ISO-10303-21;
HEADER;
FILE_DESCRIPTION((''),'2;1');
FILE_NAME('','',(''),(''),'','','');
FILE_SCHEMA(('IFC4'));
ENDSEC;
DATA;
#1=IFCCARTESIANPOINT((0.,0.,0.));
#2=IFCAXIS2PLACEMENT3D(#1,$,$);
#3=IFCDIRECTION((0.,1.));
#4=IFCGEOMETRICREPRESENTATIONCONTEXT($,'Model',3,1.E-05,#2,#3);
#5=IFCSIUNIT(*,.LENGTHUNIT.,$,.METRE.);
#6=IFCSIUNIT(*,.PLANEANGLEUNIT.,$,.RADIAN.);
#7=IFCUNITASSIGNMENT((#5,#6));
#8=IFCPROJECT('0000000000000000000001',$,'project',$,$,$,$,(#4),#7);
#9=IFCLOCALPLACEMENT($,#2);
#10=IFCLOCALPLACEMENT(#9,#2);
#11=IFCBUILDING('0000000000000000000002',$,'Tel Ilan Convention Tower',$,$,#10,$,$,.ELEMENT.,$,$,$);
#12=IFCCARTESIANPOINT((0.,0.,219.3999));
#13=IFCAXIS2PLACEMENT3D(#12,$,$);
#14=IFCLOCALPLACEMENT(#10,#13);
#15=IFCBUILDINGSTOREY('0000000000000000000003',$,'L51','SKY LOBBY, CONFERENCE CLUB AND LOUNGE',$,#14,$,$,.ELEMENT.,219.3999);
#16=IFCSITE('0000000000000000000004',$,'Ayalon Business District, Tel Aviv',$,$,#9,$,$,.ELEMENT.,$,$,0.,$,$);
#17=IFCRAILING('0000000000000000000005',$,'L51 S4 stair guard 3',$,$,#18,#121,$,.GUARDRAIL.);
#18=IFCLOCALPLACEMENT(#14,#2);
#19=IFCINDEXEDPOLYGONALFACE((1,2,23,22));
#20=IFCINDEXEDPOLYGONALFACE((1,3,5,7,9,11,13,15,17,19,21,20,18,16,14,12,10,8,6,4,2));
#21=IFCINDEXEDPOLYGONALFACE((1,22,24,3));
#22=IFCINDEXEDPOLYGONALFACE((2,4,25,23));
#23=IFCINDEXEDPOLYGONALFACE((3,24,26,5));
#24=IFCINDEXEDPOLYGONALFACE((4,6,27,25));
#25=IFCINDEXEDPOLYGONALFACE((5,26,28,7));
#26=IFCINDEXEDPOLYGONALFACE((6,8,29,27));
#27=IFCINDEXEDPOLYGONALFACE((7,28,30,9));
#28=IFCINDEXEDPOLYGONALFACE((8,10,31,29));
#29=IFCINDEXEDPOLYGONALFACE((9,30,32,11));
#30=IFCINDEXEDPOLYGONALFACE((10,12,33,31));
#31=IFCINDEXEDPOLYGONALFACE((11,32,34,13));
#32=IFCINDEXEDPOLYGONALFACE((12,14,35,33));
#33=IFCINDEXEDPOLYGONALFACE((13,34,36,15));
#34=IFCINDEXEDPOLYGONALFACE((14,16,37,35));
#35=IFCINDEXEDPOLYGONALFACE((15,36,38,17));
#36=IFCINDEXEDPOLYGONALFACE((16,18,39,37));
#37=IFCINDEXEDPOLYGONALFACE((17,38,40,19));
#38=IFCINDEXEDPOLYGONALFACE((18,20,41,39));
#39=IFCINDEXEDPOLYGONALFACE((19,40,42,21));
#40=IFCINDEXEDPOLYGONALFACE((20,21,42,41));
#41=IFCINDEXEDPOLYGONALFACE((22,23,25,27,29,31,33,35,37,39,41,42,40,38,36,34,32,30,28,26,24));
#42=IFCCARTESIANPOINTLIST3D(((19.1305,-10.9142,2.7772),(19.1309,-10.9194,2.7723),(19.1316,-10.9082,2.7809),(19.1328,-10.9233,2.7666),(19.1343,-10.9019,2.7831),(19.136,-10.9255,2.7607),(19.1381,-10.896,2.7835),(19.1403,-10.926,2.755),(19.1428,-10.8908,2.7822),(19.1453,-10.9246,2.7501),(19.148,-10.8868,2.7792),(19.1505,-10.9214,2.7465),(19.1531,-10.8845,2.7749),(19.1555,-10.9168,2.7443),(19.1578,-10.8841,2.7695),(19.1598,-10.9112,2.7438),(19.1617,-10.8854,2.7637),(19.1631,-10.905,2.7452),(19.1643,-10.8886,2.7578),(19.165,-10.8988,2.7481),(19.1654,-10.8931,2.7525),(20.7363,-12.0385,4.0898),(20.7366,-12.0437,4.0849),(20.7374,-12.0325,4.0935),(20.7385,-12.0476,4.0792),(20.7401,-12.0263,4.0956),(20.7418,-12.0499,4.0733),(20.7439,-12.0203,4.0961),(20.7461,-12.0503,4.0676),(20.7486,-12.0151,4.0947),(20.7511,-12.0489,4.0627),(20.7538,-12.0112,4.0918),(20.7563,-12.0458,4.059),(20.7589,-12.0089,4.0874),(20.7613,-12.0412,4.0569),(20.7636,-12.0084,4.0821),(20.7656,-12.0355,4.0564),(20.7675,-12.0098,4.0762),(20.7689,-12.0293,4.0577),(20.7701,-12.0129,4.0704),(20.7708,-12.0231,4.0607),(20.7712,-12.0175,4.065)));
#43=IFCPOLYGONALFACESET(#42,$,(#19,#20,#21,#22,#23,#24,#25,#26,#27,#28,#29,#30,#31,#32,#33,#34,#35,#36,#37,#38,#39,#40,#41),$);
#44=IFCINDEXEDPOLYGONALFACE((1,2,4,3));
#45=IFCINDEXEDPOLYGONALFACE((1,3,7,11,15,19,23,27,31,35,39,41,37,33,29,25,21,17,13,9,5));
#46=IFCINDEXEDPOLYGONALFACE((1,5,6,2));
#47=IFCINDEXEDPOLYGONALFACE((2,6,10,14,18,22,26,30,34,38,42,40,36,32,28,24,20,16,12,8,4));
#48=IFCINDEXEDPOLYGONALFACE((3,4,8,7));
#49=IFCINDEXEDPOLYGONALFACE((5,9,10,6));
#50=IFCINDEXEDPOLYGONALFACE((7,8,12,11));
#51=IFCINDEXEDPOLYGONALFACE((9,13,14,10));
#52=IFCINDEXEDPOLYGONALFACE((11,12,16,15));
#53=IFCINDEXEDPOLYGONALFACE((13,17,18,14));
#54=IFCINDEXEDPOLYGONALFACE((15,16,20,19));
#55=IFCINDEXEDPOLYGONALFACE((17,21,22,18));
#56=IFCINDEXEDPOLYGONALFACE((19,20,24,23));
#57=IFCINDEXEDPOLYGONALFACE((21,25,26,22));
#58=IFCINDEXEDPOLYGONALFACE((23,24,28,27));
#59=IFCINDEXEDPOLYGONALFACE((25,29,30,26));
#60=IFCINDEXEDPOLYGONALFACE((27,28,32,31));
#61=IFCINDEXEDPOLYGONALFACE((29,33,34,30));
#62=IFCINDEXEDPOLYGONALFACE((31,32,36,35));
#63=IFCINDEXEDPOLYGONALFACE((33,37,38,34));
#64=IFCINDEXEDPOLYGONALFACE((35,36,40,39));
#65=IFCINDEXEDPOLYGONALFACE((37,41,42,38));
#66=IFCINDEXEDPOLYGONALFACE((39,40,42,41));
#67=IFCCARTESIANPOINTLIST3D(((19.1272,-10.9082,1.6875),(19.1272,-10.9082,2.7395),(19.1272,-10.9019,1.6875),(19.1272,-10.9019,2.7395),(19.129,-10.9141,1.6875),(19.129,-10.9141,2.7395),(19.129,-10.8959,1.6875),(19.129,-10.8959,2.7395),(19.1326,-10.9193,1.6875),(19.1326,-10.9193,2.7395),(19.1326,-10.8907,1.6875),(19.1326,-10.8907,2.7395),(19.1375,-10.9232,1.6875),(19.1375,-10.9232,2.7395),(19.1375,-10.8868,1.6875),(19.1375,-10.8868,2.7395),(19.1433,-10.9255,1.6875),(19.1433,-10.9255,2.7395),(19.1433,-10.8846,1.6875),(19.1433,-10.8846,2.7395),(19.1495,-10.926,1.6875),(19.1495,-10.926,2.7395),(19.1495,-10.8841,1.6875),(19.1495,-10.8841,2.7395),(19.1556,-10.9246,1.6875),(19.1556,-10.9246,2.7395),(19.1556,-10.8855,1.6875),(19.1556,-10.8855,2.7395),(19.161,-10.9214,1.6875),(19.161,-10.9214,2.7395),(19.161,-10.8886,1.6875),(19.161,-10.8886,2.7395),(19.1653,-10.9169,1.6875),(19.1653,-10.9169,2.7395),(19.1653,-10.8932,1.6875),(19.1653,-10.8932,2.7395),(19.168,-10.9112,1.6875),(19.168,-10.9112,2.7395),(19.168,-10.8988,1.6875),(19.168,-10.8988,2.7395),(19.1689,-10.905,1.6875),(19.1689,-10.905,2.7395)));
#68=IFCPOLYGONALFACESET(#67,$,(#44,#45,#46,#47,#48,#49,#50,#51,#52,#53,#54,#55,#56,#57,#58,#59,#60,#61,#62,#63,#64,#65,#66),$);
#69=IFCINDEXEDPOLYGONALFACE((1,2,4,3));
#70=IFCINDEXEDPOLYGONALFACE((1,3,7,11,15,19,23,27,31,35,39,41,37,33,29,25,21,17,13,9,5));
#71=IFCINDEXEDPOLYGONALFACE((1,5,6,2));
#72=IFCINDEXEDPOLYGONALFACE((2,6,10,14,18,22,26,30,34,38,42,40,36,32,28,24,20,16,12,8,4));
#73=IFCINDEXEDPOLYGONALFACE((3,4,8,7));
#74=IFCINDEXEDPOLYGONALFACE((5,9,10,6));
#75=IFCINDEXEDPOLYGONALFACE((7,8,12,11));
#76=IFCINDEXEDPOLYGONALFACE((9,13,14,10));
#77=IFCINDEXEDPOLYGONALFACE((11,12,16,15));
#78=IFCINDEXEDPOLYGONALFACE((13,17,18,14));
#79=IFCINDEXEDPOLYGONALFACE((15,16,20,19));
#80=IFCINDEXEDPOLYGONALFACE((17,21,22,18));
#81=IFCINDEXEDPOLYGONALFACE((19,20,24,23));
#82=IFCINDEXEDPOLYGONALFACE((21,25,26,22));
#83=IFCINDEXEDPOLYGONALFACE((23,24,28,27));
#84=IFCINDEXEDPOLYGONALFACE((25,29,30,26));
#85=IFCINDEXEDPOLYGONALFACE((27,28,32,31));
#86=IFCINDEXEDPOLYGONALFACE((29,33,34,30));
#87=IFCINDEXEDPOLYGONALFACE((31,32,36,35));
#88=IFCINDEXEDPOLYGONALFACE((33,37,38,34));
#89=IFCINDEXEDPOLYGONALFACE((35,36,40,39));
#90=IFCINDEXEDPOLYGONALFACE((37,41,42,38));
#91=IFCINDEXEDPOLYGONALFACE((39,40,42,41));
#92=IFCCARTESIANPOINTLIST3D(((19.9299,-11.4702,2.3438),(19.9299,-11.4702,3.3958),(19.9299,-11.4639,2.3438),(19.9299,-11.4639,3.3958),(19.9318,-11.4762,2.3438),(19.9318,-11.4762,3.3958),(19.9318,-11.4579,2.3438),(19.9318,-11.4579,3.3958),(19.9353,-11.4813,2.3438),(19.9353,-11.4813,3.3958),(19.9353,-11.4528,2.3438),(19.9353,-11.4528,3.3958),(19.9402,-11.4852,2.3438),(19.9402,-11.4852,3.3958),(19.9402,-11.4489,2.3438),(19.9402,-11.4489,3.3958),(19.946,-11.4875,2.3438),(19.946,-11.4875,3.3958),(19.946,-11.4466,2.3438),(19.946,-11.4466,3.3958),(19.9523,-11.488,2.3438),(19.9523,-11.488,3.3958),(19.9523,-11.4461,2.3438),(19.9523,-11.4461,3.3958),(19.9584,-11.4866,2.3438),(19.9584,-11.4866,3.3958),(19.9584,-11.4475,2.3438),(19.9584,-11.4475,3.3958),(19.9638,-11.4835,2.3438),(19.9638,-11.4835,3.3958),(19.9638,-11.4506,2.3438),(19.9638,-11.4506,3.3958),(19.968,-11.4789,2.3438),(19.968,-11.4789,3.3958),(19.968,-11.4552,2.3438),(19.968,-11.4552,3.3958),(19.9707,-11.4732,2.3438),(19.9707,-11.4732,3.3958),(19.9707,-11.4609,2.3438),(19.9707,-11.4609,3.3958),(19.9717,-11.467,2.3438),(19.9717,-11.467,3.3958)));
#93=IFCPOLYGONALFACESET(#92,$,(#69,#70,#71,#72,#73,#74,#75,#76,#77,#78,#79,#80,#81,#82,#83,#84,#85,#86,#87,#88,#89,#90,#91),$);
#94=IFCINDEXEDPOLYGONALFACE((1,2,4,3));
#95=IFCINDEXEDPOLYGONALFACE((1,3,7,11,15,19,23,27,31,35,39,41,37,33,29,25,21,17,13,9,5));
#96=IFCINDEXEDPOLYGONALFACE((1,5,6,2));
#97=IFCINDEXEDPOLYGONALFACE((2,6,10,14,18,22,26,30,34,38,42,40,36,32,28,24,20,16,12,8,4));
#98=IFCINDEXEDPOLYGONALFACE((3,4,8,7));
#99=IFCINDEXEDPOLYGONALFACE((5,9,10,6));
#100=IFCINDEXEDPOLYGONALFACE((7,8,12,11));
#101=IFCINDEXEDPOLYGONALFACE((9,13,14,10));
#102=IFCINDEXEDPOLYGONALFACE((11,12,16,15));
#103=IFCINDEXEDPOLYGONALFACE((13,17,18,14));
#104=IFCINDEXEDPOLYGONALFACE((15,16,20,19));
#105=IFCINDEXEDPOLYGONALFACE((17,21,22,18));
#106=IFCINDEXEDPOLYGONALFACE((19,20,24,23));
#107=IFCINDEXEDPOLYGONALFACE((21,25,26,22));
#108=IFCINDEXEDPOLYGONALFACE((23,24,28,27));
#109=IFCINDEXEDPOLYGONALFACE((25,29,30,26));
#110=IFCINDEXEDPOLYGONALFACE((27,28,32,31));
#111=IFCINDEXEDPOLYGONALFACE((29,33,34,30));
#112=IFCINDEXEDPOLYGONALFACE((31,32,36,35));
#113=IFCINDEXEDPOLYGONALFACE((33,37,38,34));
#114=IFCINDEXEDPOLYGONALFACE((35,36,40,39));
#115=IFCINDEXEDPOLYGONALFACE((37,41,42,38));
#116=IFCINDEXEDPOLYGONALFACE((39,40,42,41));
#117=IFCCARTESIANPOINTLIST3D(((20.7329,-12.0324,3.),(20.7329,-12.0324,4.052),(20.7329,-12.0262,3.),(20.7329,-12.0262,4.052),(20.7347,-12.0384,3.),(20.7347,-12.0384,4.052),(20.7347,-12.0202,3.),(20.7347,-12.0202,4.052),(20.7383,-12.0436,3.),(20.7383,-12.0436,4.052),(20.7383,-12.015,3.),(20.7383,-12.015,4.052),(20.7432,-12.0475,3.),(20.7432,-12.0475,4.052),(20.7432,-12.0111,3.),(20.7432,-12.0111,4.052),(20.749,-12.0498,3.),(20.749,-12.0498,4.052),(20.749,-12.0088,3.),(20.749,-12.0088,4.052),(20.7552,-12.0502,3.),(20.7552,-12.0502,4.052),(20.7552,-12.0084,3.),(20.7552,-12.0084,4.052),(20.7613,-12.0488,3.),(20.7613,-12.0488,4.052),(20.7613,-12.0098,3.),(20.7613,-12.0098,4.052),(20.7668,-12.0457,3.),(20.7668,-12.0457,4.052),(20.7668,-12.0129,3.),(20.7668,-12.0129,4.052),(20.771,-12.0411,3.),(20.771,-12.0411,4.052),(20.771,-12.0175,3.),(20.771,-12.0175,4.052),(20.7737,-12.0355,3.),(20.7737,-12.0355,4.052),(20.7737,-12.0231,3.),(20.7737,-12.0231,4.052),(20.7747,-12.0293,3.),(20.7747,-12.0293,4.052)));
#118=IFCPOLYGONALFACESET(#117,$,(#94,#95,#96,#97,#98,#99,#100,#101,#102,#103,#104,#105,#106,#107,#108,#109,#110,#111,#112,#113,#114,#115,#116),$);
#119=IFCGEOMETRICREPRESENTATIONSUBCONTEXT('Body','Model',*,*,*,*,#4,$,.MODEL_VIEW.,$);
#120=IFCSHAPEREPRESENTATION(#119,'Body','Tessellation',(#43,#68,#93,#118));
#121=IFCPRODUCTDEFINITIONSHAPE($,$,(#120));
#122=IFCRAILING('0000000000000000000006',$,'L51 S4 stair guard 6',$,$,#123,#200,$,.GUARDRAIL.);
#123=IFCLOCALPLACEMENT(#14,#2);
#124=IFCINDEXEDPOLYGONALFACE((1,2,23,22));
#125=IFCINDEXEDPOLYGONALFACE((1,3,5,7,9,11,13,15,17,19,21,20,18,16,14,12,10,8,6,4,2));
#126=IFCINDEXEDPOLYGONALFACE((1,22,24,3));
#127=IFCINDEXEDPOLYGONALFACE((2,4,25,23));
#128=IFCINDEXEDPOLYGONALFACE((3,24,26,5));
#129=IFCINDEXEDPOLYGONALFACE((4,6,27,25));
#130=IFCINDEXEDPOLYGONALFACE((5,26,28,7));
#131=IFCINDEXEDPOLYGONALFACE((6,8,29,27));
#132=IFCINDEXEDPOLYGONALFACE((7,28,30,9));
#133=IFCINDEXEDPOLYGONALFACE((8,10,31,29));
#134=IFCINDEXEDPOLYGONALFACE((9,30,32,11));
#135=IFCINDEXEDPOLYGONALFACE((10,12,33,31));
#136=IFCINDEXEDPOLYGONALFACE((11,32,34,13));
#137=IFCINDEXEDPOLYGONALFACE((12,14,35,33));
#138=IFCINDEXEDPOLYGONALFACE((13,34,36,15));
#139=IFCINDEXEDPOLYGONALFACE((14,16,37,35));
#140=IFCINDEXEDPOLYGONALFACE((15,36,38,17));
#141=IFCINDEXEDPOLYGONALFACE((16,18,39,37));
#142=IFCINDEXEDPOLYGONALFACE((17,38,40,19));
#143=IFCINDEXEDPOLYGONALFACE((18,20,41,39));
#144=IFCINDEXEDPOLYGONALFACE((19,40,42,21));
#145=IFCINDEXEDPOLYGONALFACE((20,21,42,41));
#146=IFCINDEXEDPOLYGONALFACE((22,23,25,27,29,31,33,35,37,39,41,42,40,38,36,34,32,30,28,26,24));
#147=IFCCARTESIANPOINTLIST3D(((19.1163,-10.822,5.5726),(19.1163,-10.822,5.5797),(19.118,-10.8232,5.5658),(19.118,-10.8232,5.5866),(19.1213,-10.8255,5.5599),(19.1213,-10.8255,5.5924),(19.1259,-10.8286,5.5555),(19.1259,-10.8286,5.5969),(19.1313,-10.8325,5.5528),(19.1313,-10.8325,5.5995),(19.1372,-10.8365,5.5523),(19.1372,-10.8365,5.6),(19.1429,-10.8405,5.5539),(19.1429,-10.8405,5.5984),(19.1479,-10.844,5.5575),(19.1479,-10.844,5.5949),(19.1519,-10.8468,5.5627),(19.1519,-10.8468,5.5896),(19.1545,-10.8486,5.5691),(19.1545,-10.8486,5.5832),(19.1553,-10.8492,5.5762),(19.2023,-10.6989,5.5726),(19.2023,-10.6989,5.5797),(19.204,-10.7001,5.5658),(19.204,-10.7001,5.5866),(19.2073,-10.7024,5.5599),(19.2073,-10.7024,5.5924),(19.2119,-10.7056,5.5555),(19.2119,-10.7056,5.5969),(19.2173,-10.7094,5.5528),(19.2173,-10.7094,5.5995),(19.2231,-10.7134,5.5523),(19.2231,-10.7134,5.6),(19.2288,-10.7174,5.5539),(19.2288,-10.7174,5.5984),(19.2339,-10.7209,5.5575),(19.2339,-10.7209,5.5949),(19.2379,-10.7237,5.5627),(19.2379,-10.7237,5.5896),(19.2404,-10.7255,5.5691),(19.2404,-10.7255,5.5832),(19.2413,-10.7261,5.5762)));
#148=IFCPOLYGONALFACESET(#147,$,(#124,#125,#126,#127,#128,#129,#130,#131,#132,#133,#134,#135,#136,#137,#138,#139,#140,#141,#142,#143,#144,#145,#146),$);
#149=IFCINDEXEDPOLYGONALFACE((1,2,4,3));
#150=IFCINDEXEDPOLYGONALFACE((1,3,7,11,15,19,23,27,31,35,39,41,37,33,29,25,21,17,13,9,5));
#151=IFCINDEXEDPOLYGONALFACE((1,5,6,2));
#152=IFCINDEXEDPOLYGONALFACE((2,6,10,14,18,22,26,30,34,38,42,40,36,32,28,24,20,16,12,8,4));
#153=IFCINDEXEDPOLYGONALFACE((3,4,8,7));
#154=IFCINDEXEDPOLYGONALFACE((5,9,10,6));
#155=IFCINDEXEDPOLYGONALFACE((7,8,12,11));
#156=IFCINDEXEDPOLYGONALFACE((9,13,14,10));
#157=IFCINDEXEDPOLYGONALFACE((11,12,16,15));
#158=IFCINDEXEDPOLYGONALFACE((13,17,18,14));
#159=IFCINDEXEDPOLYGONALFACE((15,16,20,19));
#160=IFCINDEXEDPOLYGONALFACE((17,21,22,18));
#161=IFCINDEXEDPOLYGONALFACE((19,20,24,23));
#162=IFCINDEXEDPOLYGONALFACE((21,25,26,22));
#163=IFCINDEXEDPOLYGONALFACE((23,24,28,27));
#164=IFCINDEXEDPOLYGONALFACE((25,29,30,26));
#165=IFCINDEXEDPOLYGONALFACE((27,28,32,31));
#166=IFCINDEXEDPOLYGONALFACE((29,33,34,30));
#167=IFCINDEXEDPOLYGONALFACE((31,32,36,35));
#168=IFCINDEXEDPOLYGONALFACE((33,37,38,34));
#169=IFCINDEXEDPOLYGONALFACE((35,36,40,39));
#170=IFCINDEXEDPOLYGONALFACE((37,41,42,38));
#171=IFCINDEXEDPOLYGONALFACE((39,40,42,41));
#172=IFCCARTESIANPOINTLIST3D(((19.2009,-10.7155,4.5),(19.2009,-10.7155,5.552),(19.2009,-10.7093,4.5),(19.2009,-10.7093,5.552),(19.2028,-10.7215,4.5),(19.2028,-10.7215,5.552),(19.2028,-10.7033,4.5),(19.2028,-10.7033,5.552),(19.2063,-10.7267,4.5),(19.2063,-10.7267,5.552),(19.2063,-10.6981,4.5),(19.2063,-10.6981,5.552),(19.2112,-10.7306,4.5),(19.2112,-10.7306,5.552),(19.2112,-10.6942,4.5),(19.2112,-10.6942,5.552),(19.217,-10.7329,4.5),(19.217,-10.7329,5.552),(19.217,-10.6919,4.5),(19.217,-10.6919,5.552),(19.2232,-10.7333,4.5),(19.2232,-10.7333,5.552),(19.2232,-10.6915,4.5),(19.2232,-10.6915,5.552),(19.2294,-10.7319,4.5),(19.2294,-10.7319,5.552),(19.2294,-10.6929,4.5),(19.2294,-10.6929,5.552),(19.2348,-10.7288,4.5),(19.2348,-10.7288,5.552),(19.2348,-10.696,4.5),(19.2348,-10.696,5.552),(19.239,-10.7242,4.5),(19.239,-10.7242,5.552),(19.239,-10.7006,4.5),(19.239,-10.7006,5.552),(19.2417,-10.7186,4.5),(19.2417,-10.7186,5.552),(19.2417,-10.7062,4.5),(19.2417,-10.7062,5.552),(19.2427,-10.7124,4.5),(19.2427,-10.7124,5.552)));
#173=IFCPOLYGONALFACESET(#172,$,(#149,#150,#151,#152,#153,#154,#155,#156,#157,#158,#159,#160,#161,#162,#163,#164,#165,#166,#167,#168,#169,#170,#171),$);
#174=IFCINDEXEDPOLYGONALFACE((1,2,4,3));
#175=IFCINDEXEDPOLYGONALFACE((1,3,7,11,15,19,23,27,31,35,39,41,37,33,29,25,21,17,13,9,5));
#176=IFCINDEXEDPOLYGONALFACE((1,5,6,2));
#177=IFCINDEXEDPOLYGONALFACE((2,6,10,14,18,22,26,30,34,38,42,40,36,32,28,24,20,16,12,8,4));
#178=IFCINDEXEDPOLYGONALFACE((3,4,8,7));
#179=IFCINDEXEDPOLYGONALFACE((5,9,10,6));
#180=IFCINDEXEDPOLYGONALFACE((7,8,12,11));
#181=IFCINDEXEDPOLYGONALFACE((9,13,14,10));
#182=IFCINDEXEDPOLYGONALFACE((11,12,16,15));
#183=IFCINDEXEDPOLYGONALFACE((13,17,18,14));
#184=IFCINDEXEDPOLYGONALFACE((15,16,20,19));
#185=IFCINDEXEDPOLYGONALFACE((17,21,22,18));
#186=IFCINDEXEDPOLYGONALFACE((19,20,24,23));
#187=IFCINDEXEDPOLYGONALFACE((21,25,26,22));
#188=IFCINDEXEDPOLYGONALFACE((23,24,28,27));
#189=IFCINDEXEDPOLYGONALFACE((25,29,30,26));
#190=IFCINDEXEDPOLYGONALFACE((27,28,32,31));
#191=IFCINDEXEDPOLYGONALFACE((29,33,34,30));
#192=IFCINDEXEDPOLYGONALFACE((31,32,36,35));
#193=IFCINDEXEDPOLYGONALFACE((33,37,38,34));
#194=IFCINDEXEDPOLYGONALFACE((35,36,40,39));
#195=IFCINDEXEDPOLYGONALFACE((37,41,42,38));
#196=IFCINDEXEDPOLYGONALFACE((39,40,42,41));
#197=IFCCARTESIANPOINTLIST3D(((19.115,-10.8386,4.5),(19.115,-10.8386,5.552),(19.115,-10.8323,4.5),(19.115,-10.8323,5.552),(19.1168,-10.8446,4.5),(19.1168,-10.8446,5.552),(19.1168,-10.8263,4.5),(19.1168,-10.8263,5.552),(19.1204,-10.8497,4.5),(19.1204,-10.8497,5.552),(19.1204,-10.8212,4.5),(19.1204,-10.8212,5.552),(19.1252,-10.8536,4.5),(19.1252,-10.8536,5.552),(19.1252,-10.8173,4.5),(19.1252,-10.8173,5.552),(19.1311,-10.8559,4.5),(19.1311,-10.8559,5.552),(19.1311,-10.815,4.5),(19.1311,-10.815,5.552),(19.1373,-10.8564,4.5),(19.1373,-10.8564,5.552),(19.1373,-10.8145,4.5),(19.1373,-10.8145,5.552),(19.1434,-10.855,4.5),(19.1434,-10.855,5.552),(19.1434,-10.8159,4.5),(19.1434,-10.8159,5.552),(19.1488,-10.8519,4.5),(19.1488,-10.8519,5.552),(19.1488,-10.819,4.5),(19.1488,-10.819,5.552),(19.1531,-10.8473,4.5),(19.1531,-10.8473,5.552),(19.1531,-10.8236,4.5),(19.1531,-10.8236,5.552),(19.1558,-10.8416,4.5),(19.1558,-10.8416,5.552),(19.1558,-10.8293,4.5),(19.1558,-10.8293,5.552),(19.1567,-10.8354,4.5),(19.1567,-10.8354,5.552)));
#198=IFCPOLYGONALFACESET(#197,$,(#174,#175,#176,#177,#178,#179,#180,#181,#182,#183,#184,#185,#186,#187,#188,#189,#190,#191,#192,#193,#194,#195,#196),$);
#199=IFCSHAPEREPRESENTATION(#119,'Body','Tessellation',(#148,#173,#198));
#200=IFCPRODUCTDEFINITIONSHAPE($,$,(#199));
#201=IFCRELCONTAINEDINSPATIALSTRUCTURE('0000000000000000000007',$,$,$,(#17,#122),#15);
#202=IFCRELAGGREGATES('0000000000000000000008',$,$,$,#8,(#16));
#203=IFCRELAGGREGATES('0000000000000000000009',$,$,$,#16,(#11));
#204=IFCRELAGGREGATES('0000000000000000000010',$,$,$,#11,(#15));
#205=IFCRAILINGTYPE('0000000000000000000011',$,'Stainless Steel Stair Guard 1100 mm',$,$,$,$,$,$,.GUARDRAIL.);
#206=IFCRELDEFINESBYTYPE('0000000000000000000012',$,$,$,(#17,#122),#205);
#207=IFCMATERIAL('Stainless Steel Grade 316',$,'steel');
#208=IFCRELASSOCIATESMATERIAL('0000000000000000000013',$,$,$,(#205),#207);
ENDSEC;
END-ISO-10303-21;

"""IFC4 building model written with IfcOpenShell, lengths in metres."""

from ifc_helpers import new_model, si_unit, direction, frame, origin, origin_2d, place, context, subcontext, project, spatial, circle, extrude, material, type_object, element, save


model = new_model("IFC4")

# Units and contexts
model_context = context("Model", 3, precision=1e-05, world=origin(), true_north=direction((0.0, 1.0)))
body_context = subcontext(model_context, "Body", "Model", "MODEL_VIEW")
ifc_project = project(units=[si_unit("LENGTHUNIT", "METRE"), si_unit("PLANEANGLEUNIT", "RADIAN")], contexts=[model_context])

# Site, building, storey
site_placement = place(None, origin())
site = spatial("IfcSite", under=ifc_project, at=site_placement, Name="Ayalon Business District, Tel Aviv", CompositionType="ELEMENT", RefElevation=0.0)
building_placement = place(site_placement, origin())
building = spatial("IfcBuilding", under=site, at=building_placement, Name="Tel Ilan Convention Tower", CompositionType="ELEMENT")
storey_placement = place(building_placement, frame((0.0, 0.0, 219.3999)))
storey = spatial("IfcBuildingStorey", under=building, at=storey_placement, Name="L51", Description="SKY LOBBY, CONFERENCE CLUB AND LOUNGE", CompositionType="ELEMENT", Elevation=219.3999)

# Railings
ifc_material_1 = material(Name="Stainless Steel Grade 316", Category="steel")
railing_type_1 = type_object("IfcRailingType", Name="Stainless Steel Stair Guard 1100 mm", PredefinedType="GUARDRAIL", material=ifc_material_1)
railing_1_placement = place(storey_placement, frame((19.1479, -10.905, 1.6875)))
element("IfcRailing", 1, at=railing_1_placement, inside=storey, type_object=railing_type_1, Name="L51 S4 stair guard 3", PredefinedType="GUARDRAIL", context=body_context, shape_type="SweptSolid", body=[
    extrude(circle(Radius=0.0239, at=origin_2d()), frame((0.0, 0.0, 1.0762), z_axis=(0.680671, -0.476584, 0.556376), x_axis=(0.573554, 0.819168, 0.0)), (0.0, 0.0, 1.0), 2.3591),
    extrude(circle(Radius=0.021, at=origin_2d()), origin(), (0.0, 0.0, 1.0), 1.052),
    extrude(circle(Radius=0.021, at=origin_2d()), frame((0.8027, -0.562, 0.6562)), (0.0, 0.0, 1.0), 1.052),
    extrude(circle(Radius=0.021, at=origin_2d()), frame((1.6057, -1.1243, 1.3125)), (0.0, 0.0, 1.0), 1.052),
])
railing_2_placement = place(storey_placement, frame((19.2217, -10.7124, 4.5)))
element("IfcRailing", 2, at=railing_2_placement, inside=storey, type_object=railing_type_1, Name="L51 S4 stair guard 6", PredefinedType="GUARDRAIL", context=body_context, shape_type="SweptSolid", body=[
    extrude(circle(Radius=0.0239, at=origin_2d()), frame((0.0, 0.0, 1.0762), z_axis=(-0.572589, -0.819843, 0.0), x_axis=(0.819843, -0.572589, 0.0)), (0.0, 0.0, 1.0), 0.1501),
    extrude(circle(Radius=0.021, at=origin_2d()), origin(), (0.0, 0.0, 1.0), 1.052),
    extrude(circle(Radius=0.021, at=origin_2d()), frame((-0.0859, -0.123, 0.0)), (0.0, 0.0, 1.0), 1.052),
])

save(model, "model.ifc")
